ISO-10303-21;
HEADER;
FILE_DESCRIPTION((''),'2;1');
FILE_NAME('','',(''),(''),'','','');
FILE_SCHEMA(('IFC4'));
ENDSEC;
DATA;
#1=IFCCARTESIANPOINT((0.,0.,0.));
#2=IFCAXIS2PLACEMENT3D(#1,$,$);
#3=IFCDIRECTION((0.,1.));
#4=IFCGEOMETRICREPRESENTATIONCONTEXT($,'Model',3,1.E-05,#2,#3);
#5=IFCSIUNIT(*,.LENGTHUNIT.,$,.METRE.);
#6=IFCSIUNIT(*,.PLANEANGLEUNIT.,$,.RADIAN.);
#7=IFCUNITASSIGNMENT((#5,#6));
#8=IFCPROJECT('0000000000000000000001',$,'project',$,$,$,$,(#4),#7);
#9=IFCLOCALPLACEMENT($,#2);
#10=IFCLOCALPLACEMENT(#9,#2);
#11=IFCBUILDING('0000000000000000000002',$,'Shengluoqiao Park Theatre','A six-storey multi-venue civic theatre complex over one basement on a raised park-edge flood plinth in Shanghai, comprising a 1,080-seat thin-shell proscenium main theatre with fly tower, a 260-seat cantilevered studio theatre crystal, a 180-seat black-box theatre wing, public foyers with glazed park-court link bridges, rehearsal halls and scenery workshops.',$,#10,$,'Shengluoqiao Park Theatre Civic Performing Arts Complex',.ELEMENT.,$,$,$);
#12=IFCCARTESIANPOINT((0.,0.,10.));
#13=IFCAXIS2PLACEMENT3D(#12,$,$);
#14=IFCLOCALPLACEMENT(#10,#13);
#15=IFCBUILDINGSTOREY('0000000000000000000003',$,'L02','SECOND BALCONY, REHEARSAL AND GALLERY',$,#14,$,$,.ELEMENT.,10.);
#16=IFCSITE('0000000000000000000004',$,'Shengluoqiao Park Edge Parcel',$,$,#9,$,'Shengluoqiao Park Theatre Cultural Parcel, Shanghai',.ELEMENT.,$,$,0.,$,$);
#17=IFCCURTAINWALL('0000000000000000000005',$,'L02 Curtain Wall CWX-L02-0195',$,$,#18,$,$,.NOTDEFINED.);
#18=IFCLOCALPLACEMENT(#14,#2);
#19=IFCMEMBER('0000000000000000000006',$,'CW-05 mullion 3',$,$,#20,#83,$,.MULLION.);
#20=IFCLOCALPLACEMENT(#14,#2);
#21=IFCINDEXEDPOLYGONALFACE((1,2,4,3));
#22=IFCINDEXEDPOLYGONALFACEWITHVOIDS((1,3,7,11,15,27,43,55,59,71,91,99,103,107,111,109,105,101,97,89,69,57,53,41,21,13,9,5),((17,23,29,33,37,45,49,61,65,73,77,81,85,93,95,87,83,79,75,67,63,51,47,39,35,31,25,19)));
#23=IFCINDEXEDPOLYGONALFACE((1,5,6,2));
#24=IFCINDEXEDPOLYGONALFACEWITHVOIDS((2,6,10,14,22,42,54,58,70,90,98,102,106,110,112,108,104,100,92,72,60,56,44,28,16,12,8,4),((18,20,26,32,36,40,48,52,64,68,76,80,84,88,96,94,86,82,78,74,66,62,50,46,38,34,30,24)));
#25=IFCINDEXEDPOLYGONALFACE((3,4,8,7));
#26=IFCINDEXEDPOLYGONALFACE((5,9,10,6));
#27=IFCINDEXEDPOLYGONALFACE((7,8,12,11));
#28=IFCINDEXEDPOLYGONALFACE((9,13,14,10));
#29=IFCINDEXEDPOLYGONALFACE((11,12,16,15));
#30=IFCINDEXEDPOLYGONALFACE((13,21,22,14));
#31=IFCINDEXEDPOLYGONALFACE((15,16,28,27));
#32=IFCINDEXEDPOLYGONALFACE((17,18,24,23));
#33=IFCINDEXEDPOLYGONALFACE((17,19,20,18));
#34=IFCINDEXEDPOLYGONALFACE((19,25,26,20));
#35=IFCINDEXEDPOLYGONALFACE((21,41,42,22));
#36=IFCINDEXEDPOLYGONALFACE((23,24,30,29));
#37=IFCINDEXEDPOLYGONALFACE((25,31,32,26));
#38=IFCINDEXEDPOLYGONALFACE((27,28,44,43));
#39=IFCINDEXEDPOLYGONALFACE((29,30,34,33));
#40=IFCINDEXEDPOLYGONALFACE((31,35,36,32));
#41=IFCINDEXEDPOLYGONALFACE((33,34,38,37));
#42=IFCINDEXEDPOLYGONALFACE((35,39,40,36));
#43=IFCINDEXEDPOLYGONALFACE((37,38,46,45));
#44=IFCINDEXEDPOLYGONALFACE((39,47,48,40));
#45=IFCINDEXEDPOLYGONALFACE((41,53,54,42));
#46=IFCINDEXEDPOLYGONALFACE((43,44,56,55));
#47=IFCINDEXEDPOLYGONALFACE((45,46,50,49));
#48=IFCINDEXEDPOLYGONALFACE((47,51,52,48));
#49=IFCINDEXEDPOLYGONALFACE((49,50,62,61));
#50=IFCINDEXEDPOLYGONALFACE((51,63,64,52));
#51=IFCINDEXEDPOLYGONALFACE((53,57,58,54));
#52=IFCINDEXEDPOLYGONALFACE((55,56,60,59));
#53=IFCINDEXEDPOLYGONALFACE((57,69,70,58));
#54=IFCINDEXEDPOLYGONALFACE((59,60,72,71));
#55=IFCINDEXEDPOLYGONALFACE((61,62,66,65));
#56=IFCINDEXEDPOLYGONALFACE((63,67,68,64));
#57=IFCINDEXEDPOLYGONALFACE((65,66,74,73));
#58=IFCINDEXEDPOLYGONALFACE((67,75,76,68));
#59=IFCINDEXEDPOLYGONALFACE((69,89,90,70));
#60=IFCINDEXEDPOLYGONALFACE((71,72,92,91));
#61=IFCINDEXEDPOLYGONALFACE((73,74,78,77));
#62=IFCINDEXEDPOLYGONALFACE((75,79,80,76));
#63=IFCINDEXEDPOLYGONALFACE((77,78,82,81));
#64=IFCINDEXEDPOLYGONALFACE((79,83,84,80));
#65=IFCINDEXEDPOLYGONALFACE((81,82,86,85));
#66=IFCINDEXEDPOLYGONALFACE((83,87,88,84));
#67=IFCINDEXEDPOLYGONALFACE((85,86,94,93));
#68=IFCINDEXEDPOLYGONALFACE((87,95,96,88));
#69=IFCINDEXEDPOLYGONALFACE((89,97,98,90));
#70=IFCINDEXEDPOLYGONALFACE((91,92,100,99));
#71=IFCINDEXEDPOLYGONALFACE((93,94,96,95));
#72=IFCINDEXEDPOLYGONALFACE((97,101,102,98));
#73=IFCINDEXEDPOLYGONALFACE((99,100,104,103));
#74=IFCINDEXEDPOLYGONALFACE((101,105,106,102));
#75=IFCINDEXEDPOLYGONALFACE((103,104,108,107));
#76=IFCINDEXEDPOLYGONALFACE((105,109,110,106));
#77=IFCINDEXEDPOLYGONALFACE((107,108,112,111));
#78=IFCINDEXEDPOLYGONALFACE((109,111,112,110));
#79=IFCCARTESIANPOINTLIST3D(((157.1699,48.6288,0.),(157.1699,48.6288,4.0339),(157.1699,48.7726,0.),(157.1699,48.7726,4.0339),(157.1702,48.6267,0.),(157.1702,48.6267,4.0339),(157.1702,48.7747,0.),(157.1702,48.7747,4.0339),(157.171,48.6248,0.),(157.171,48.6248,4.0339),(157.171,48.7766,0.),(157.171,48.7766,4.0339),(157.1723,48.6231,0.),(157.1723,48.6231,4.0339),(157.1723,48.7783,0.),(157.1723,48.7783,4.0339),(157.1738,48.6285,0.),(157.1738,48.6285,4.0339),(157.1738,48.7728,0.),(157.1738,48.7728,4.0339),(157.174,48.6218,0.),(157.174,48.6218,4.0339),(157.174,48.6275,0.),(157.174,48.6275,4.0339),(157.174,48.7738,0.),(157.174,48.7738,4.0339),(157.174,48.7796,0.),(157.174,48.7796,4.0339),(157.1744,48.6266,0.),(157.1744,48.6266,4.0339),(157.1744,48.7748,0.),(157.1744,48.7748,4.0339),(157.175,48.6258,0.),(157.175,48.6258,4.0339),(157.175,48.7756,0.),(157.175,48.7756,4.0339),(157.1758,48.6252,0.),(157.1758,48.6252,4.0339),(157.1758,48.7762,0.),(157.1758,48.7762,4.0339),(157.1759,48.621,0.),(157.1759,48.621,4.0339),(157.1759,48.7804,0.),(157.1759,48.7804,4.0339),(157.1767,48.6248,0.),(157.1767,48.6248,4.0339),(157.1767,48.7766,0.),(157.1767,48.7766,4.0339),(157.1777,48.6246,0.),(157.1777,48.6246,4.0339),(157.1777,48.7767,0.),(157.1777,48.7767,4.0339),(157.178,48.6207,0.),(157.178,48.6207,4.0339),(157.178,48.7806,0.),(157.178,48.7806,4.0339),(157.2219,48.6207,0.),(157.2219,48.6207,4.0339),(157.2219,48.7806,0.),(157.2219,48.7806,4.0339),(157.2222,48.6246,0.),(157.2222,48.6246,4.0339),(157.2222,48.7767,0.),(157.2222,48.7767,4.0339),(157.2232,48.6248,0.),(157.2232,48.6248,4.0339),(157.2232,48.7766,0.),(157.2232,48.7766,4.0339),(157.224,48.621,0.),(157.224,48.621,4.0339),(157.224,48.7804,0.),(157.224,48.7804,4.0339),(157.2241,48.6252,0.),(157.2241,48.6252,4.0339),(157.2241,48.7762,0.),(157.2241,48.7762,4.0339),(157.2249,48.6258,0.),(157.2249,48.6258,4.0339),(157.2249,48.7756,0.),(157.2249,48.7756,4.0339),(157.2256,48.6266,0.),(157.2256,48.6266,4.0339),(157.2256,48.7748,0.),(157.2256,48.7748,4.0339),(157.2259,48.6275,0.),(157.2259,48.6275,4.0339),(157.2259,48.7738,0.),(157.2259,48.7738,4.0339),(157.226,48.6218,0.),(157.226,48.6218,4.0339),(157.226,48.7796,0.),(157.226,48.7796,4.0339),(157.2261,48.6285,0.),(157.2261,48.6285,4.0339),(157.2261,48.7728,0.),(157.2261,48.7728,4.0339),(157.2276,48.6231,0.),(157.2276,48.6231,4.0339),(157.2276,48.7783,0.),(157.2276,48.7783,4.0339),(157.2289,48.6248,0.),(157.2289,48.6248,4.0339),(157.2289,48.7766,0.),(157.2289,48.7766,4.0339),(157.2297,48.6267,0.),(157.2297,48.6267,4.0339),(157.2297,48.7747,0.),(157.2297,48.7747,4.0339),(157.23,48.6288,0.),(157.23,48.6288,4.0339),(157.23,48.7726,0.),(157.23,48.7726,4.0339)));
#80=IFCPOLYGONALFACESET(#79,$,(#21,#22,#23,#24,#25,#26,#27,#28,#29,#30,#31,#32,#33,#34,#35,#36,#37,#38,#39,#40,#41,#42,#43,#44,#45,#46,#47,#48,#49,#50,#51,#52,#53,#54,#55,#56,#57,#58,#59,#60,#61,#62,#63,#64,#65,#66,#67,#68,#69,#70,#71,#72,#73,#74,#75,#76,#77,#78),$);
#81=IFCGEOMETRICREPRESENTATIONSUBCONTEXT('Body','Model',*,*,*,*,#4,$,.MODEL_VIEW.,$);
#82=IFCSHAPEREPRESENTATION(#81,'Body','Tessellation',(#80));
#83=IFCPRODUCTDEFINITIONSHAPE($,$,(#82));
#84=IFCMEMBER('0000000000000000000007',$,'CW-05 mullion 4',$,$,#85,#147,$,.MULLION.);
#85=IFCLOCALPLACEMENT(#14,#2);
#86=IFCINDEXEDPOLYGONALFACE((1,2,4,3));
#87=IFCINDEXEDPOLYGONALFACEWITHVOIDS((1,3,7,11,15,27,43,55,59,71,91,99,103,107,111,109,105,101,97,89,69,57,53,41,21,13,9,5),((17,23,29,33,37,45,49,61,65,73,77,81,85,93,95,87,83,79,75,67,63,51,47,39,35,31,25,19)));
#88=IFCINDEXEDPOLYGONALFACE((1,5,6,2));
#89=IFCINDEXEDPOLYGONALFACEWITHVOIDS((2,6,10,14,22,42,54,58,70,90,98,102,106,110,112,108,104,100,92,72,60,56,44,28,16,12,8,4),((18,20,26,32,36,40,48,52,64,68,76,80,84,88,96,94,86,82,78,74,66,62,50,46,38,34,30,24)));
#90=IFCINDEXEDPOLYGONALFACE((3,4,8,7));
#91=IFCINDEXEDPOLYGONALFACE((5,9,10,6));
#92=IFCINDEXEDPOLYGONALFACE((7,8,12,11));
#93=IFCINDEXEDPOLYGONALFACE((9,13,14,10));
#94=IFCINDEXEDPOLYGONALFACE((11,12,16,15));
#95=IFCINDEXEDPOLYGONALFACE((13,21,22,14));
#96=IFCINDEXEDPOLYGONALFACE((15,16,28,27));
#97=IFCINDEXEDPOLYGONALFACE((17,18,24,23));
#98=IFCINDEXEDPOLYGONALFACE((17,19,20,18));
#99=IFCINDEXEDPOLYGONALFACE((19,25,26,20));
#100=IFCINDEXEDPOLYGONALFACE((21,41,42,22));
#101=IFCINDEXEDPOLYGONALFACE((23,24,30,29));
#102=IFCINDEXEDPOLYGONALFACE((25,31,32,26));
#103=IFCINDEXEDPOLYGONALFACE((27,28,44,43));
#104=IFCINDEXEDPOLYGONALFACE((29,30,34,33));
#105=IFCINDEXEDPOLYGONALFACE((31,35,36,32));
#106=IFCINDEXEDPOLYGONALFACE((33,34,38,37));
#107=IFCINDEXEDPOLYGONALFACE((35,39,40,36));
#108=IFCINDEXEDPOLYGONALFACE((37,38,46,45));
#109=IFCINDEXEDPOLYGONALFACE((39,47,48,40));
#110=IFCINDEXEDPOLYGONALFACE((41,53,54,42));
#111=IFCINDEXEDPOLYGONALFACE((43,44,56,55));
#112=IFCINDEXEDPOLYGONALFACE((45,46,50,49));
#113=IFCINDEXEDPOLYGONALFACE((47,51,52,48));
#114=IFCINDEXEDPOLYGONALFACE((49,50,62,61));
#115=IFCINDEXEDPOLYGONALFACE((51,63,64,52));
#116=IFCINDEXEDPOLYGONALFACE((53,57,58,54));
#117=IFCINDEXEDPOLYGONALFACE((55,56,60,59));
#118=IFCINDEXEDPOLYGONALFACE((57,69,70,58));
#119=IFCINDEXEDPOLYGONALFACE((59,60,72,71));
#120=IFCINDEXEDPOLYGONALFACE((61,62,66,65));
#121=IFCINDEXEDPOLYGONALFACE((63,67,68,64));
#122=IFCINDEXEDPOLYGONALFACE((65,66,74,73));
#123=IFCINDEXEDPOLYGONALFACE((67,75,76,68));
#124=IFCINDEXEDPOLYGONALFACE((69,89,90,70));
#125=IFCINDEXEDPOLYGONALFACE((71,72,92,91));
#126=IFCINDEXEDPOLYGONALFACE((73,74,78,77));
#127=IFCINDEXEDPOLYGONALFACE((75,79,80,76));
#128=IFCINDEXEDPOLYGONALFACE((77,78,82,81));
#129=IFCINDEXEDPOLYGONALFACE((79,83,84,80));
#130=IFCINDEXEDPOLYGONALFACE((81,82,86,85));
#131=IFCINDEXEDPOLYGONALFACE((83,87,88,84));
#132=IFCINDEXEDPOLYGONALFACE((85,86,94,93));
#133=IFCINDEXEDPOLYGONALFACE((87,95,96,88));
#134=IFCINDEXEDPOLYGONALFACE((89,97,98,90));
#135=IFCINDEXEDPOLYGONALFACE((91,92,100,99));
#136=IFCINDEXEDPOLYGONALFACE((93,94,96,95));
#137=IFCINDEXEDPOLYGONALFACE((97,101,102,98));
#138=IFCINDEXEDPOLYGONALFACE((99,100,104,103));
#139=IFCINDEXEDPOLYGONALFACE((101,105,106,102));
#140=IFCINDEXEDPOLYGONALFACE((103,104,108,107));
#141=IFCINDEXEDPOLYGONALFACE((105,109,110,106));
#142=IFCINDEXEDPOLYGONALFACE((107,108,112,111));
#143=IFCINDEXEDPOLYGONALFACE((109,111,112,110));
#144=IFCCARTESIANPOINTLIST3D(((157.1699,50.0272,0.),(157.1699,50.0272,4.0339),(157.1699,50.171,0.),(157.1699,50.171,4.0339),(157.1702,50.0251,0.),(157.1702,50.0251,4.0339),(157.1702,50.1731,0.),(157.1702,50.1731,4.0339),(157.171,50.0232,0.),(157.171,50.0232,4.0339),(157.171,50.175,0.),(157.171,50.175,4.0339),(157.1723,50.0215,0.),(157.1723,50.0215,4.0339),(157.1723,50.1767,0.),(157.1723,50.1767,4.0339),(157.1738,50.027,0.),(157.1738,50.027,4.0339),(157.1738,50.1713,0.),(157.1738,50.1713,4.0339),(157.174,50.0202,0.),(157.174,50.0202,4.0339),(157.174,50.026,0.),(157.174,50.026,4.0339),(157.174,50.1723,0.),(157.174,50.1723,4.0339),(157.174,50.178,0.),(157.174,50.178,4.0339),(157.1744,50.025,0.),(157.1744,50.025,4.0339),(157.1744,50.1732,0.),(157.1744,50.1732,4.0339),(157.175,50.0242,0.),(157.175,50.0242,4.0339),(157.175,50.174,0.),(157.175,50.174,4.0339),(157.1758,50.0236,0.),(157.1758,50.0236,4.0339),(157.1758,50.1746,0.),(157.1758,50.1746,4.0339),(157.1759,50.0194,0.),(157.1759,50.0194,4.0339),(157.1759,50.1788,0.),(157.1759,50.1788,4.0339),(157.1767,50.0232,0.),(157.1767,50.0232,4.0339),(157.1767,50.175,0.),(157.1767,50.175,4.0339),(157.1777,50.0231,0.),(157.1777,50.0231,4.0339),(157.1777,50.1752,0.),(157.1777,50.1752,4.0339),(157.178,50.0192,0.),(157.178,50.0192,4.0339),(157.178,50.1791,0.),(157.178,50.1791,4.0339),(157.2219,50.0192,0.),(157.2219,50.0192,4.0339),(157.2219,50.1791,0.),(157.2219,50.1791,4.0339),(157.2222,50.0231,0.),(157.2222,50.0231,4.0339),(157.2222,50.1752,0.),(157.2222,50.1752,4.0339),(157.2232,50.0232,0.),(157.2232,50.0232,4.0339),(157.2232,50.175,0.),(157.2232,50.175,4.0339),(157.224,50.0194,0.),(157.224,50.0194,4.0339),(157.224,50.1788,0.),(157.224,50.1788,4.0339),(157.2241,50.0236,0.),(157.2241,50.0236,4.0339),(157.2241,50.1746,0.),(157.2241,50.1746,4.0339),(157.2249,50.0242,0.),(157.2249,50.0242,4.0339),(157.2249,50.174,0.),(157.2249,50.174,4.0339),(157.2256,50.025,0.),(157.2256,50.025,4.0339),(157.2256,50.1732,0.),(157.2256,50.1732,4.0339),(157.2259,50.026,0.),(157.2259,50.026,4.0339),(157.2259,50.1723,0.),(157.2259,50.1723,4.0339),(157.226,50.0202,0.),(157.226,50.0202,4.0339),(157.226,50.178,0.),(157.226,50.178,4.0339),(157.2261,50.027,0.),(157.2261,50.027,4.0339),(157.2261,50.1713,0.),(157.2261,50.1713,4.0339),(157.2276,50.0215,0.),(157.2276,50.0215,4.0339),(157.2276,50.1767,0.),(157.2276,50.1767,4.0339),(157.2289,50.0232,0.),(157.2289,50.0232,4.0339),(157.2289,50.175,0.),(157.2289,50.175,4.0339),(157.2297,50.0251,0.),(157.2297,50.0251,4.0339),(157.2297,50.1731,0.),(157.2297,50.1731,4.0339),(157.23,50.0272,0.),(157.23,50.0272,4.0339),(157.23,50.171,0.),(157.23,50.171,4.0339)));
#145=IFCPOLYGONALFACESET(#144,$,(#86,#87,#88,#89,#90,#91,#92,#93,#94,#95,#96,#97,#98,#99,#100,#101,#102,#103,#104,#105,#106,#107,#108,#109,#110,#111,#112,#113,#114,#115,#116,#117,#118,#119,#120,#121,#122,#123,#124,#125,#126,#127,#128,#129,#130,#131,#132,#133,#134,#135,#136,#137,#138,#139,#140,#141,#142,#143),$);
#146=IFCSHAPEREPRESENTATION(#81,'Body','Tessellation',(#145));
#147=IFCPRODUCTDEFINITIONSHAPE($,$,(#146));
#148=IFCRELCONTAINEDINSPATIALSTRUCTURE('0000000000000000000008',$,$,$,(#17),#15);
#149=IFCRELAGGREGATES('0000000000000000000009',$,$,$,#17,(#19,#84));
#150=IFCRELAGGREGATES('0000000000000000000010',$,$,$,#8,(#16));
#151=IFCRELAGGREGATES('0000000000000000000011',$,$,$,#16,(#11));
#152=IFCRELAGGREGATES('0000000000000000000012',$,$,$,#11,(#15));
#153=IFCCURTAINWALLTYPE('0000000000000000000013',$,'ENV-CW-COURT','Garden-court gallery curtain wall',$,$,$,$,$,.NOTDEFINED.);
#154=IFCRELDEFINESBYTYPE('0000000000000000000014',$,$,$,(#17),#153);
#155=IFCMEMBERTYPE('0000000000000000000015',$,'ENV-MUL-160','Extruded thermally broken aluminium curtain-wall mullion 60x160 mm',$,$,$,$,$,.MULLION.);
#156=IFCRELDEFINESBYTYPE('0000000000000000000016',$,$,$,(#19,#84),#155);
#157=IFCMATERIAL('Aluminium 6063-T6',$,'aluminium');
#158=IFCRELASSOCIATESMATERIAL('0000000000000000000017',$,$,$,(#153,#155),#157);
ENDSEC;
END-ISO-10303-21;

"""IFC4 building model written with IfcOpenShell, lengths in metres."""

from ifc_helpers import new_model, si_unit, direction, frame, origin, origin_2d, place, context, subcontext, project, spatial, hollow_rectangle, extrude, material, material_profile, profile_set, type_object, element, aggregate, save


model = new_model("IFC4")

# Units and contexts
model_context = context("Model", 3, precision=1e-05, world=origin(), true_north=direction((0.0, 1.0)))
body_context = subcontext(model_context, "Body", "Model", "MODEL_VIEW")
ifc_project = project(units=[si_unit("LENGTHUNIT", "METRE"), si_unit("PLANEANGLEUNIT", "RADIAN")], contexts=[model_context])

# Site, building, storey
site_placement = place(None, origin())
site = spatial("IfcSite", under=ifc_project, at=site_placement, Name="Shengluoqiao Park Edge Parcel", LongName="Shengluoqiao Park Theatre Cultural Parcel, Shanghai", CompositionType="ELEMENT", RefElevation=0.0)
building_placement = place(site_placement, origin())
building = spatial("IfcBuilding", under=site, at=building_placement, Name="Shengluoqiao Park Theatre", Description="A six-storey multi-venue civic theatre complex over one basement on a raised park-edge flood plinth in Shanghai, comprising a 1,080-seat thin-shell proscenium main theatre with fly tower, a 260-seat cantilevered studio theatre crystal, a 180-seat black-box theatre wing, public foyers with glazed park-court link bridges, rehearsal halls and scenery workshops.", LongName="Shengluoqiao Park Theatre Civic Performing Arts Complex", CompositionType="ELEMENT")
storey_placement = place(building_placement, frame((0.0, 0.0, 10.0)))
storey = spatial("IfcBuildingStorey", under=building, at=storey_placement, Name="L02", Description="SECOND BALCONY, REHEARSAL AND GALLERY", CompositionType="ELEMENT", Elevation=10.0)

# Curtain wall, members
ifc_material_1 = material(Name="Aluminium 6063-T6", Category="aluminium")
curtain_wall_type = type_object("IfcCurtainWallType", Name="ENV-CW-COURT", Description="Garden-court gallery curtain wall", PredefinedType="NOTDEFINED", material=ifc_material_1)
curtain_wall_placement = place(storey_placement, origin())
curtain_wall = element("IfcCurtainWall", 1, at=curtain_wall_placement, inside=storey, type_object=curtain_wall_type, Name="L02 Curtain Wall CWX-L02-0195", PredefinedType="NOTDEFINED")
ifc_material_profile_1 = material_profile(ifc_material_1, hollow_rectangle(XDim=0.0601, YDim=0.1599, WallThickness=0.0039, InnerFilletRadius=0.0039, OuterFilletRadius=0.0081, at=origin_2d()), Name="ALU MULLION 160x60x4")
ifc_profile_set_1 = profile_set([ifc_material_profile_1], Name="Aluminium 6063-T6")
member_type_1 = type_object("IfcMemberType", Name="ENV-MUL-160", Description="Extruded thermally broken aluminium curtain-wall mullion 60x160 mm", PredefinedType="MULLION", material=ifc_profile_set_1)
member_1_placement = place(storey_placement, frame((157.2, 48.7007, 0.0), z_axis=(0.0, 0.0, 1.0), x_axis=(-1.0, 0.0, 0.0)))
member_1 = element("IfcMember", 2, at=member_1_placement, type_object=member_type_1, Name="CW-05 mullion 3", PredefinedType="MULLION", context=body_context, shape_type="SweptSolid", body=[
    extrude(hollow_rectangle(XDim=0.0601, YDim=0.1599, WallThickness=0.0039, InnerFilletRadius=0.0039, OuterFilletRadius=0.0081, at=origin_2d()), origin(), (0.0, 0.0, 1.0), 4.0339),
])
member_2_placement = place(storey_placement, frame((157.2, 50.0991, 0.0), z_axis=(0.0, 0.0, 1.0), x_axis=(-1.0, 0.0, 0.0)))
member_2 = element("IfcMember", 3, at=member_2_placement, type_object=member_type_1, Name="CW-05 mullion 4", PredefinedType="MULLION", context=body_context, shape_type="SweptSolid", body=[
    extrude(hollow_rectangle(XDim=0.0601, YDim=0.1599, WallThickness=0.0039, InnerFilletRadius=0.0039, OuterFilletRadius=0.0081, at=origin_2d()), origin(), (0.0, 0.0, 1.0), 4.0339),
])

aggregate(curtain_wall, [member_1, member_2])

save(model, "model.ifc")
